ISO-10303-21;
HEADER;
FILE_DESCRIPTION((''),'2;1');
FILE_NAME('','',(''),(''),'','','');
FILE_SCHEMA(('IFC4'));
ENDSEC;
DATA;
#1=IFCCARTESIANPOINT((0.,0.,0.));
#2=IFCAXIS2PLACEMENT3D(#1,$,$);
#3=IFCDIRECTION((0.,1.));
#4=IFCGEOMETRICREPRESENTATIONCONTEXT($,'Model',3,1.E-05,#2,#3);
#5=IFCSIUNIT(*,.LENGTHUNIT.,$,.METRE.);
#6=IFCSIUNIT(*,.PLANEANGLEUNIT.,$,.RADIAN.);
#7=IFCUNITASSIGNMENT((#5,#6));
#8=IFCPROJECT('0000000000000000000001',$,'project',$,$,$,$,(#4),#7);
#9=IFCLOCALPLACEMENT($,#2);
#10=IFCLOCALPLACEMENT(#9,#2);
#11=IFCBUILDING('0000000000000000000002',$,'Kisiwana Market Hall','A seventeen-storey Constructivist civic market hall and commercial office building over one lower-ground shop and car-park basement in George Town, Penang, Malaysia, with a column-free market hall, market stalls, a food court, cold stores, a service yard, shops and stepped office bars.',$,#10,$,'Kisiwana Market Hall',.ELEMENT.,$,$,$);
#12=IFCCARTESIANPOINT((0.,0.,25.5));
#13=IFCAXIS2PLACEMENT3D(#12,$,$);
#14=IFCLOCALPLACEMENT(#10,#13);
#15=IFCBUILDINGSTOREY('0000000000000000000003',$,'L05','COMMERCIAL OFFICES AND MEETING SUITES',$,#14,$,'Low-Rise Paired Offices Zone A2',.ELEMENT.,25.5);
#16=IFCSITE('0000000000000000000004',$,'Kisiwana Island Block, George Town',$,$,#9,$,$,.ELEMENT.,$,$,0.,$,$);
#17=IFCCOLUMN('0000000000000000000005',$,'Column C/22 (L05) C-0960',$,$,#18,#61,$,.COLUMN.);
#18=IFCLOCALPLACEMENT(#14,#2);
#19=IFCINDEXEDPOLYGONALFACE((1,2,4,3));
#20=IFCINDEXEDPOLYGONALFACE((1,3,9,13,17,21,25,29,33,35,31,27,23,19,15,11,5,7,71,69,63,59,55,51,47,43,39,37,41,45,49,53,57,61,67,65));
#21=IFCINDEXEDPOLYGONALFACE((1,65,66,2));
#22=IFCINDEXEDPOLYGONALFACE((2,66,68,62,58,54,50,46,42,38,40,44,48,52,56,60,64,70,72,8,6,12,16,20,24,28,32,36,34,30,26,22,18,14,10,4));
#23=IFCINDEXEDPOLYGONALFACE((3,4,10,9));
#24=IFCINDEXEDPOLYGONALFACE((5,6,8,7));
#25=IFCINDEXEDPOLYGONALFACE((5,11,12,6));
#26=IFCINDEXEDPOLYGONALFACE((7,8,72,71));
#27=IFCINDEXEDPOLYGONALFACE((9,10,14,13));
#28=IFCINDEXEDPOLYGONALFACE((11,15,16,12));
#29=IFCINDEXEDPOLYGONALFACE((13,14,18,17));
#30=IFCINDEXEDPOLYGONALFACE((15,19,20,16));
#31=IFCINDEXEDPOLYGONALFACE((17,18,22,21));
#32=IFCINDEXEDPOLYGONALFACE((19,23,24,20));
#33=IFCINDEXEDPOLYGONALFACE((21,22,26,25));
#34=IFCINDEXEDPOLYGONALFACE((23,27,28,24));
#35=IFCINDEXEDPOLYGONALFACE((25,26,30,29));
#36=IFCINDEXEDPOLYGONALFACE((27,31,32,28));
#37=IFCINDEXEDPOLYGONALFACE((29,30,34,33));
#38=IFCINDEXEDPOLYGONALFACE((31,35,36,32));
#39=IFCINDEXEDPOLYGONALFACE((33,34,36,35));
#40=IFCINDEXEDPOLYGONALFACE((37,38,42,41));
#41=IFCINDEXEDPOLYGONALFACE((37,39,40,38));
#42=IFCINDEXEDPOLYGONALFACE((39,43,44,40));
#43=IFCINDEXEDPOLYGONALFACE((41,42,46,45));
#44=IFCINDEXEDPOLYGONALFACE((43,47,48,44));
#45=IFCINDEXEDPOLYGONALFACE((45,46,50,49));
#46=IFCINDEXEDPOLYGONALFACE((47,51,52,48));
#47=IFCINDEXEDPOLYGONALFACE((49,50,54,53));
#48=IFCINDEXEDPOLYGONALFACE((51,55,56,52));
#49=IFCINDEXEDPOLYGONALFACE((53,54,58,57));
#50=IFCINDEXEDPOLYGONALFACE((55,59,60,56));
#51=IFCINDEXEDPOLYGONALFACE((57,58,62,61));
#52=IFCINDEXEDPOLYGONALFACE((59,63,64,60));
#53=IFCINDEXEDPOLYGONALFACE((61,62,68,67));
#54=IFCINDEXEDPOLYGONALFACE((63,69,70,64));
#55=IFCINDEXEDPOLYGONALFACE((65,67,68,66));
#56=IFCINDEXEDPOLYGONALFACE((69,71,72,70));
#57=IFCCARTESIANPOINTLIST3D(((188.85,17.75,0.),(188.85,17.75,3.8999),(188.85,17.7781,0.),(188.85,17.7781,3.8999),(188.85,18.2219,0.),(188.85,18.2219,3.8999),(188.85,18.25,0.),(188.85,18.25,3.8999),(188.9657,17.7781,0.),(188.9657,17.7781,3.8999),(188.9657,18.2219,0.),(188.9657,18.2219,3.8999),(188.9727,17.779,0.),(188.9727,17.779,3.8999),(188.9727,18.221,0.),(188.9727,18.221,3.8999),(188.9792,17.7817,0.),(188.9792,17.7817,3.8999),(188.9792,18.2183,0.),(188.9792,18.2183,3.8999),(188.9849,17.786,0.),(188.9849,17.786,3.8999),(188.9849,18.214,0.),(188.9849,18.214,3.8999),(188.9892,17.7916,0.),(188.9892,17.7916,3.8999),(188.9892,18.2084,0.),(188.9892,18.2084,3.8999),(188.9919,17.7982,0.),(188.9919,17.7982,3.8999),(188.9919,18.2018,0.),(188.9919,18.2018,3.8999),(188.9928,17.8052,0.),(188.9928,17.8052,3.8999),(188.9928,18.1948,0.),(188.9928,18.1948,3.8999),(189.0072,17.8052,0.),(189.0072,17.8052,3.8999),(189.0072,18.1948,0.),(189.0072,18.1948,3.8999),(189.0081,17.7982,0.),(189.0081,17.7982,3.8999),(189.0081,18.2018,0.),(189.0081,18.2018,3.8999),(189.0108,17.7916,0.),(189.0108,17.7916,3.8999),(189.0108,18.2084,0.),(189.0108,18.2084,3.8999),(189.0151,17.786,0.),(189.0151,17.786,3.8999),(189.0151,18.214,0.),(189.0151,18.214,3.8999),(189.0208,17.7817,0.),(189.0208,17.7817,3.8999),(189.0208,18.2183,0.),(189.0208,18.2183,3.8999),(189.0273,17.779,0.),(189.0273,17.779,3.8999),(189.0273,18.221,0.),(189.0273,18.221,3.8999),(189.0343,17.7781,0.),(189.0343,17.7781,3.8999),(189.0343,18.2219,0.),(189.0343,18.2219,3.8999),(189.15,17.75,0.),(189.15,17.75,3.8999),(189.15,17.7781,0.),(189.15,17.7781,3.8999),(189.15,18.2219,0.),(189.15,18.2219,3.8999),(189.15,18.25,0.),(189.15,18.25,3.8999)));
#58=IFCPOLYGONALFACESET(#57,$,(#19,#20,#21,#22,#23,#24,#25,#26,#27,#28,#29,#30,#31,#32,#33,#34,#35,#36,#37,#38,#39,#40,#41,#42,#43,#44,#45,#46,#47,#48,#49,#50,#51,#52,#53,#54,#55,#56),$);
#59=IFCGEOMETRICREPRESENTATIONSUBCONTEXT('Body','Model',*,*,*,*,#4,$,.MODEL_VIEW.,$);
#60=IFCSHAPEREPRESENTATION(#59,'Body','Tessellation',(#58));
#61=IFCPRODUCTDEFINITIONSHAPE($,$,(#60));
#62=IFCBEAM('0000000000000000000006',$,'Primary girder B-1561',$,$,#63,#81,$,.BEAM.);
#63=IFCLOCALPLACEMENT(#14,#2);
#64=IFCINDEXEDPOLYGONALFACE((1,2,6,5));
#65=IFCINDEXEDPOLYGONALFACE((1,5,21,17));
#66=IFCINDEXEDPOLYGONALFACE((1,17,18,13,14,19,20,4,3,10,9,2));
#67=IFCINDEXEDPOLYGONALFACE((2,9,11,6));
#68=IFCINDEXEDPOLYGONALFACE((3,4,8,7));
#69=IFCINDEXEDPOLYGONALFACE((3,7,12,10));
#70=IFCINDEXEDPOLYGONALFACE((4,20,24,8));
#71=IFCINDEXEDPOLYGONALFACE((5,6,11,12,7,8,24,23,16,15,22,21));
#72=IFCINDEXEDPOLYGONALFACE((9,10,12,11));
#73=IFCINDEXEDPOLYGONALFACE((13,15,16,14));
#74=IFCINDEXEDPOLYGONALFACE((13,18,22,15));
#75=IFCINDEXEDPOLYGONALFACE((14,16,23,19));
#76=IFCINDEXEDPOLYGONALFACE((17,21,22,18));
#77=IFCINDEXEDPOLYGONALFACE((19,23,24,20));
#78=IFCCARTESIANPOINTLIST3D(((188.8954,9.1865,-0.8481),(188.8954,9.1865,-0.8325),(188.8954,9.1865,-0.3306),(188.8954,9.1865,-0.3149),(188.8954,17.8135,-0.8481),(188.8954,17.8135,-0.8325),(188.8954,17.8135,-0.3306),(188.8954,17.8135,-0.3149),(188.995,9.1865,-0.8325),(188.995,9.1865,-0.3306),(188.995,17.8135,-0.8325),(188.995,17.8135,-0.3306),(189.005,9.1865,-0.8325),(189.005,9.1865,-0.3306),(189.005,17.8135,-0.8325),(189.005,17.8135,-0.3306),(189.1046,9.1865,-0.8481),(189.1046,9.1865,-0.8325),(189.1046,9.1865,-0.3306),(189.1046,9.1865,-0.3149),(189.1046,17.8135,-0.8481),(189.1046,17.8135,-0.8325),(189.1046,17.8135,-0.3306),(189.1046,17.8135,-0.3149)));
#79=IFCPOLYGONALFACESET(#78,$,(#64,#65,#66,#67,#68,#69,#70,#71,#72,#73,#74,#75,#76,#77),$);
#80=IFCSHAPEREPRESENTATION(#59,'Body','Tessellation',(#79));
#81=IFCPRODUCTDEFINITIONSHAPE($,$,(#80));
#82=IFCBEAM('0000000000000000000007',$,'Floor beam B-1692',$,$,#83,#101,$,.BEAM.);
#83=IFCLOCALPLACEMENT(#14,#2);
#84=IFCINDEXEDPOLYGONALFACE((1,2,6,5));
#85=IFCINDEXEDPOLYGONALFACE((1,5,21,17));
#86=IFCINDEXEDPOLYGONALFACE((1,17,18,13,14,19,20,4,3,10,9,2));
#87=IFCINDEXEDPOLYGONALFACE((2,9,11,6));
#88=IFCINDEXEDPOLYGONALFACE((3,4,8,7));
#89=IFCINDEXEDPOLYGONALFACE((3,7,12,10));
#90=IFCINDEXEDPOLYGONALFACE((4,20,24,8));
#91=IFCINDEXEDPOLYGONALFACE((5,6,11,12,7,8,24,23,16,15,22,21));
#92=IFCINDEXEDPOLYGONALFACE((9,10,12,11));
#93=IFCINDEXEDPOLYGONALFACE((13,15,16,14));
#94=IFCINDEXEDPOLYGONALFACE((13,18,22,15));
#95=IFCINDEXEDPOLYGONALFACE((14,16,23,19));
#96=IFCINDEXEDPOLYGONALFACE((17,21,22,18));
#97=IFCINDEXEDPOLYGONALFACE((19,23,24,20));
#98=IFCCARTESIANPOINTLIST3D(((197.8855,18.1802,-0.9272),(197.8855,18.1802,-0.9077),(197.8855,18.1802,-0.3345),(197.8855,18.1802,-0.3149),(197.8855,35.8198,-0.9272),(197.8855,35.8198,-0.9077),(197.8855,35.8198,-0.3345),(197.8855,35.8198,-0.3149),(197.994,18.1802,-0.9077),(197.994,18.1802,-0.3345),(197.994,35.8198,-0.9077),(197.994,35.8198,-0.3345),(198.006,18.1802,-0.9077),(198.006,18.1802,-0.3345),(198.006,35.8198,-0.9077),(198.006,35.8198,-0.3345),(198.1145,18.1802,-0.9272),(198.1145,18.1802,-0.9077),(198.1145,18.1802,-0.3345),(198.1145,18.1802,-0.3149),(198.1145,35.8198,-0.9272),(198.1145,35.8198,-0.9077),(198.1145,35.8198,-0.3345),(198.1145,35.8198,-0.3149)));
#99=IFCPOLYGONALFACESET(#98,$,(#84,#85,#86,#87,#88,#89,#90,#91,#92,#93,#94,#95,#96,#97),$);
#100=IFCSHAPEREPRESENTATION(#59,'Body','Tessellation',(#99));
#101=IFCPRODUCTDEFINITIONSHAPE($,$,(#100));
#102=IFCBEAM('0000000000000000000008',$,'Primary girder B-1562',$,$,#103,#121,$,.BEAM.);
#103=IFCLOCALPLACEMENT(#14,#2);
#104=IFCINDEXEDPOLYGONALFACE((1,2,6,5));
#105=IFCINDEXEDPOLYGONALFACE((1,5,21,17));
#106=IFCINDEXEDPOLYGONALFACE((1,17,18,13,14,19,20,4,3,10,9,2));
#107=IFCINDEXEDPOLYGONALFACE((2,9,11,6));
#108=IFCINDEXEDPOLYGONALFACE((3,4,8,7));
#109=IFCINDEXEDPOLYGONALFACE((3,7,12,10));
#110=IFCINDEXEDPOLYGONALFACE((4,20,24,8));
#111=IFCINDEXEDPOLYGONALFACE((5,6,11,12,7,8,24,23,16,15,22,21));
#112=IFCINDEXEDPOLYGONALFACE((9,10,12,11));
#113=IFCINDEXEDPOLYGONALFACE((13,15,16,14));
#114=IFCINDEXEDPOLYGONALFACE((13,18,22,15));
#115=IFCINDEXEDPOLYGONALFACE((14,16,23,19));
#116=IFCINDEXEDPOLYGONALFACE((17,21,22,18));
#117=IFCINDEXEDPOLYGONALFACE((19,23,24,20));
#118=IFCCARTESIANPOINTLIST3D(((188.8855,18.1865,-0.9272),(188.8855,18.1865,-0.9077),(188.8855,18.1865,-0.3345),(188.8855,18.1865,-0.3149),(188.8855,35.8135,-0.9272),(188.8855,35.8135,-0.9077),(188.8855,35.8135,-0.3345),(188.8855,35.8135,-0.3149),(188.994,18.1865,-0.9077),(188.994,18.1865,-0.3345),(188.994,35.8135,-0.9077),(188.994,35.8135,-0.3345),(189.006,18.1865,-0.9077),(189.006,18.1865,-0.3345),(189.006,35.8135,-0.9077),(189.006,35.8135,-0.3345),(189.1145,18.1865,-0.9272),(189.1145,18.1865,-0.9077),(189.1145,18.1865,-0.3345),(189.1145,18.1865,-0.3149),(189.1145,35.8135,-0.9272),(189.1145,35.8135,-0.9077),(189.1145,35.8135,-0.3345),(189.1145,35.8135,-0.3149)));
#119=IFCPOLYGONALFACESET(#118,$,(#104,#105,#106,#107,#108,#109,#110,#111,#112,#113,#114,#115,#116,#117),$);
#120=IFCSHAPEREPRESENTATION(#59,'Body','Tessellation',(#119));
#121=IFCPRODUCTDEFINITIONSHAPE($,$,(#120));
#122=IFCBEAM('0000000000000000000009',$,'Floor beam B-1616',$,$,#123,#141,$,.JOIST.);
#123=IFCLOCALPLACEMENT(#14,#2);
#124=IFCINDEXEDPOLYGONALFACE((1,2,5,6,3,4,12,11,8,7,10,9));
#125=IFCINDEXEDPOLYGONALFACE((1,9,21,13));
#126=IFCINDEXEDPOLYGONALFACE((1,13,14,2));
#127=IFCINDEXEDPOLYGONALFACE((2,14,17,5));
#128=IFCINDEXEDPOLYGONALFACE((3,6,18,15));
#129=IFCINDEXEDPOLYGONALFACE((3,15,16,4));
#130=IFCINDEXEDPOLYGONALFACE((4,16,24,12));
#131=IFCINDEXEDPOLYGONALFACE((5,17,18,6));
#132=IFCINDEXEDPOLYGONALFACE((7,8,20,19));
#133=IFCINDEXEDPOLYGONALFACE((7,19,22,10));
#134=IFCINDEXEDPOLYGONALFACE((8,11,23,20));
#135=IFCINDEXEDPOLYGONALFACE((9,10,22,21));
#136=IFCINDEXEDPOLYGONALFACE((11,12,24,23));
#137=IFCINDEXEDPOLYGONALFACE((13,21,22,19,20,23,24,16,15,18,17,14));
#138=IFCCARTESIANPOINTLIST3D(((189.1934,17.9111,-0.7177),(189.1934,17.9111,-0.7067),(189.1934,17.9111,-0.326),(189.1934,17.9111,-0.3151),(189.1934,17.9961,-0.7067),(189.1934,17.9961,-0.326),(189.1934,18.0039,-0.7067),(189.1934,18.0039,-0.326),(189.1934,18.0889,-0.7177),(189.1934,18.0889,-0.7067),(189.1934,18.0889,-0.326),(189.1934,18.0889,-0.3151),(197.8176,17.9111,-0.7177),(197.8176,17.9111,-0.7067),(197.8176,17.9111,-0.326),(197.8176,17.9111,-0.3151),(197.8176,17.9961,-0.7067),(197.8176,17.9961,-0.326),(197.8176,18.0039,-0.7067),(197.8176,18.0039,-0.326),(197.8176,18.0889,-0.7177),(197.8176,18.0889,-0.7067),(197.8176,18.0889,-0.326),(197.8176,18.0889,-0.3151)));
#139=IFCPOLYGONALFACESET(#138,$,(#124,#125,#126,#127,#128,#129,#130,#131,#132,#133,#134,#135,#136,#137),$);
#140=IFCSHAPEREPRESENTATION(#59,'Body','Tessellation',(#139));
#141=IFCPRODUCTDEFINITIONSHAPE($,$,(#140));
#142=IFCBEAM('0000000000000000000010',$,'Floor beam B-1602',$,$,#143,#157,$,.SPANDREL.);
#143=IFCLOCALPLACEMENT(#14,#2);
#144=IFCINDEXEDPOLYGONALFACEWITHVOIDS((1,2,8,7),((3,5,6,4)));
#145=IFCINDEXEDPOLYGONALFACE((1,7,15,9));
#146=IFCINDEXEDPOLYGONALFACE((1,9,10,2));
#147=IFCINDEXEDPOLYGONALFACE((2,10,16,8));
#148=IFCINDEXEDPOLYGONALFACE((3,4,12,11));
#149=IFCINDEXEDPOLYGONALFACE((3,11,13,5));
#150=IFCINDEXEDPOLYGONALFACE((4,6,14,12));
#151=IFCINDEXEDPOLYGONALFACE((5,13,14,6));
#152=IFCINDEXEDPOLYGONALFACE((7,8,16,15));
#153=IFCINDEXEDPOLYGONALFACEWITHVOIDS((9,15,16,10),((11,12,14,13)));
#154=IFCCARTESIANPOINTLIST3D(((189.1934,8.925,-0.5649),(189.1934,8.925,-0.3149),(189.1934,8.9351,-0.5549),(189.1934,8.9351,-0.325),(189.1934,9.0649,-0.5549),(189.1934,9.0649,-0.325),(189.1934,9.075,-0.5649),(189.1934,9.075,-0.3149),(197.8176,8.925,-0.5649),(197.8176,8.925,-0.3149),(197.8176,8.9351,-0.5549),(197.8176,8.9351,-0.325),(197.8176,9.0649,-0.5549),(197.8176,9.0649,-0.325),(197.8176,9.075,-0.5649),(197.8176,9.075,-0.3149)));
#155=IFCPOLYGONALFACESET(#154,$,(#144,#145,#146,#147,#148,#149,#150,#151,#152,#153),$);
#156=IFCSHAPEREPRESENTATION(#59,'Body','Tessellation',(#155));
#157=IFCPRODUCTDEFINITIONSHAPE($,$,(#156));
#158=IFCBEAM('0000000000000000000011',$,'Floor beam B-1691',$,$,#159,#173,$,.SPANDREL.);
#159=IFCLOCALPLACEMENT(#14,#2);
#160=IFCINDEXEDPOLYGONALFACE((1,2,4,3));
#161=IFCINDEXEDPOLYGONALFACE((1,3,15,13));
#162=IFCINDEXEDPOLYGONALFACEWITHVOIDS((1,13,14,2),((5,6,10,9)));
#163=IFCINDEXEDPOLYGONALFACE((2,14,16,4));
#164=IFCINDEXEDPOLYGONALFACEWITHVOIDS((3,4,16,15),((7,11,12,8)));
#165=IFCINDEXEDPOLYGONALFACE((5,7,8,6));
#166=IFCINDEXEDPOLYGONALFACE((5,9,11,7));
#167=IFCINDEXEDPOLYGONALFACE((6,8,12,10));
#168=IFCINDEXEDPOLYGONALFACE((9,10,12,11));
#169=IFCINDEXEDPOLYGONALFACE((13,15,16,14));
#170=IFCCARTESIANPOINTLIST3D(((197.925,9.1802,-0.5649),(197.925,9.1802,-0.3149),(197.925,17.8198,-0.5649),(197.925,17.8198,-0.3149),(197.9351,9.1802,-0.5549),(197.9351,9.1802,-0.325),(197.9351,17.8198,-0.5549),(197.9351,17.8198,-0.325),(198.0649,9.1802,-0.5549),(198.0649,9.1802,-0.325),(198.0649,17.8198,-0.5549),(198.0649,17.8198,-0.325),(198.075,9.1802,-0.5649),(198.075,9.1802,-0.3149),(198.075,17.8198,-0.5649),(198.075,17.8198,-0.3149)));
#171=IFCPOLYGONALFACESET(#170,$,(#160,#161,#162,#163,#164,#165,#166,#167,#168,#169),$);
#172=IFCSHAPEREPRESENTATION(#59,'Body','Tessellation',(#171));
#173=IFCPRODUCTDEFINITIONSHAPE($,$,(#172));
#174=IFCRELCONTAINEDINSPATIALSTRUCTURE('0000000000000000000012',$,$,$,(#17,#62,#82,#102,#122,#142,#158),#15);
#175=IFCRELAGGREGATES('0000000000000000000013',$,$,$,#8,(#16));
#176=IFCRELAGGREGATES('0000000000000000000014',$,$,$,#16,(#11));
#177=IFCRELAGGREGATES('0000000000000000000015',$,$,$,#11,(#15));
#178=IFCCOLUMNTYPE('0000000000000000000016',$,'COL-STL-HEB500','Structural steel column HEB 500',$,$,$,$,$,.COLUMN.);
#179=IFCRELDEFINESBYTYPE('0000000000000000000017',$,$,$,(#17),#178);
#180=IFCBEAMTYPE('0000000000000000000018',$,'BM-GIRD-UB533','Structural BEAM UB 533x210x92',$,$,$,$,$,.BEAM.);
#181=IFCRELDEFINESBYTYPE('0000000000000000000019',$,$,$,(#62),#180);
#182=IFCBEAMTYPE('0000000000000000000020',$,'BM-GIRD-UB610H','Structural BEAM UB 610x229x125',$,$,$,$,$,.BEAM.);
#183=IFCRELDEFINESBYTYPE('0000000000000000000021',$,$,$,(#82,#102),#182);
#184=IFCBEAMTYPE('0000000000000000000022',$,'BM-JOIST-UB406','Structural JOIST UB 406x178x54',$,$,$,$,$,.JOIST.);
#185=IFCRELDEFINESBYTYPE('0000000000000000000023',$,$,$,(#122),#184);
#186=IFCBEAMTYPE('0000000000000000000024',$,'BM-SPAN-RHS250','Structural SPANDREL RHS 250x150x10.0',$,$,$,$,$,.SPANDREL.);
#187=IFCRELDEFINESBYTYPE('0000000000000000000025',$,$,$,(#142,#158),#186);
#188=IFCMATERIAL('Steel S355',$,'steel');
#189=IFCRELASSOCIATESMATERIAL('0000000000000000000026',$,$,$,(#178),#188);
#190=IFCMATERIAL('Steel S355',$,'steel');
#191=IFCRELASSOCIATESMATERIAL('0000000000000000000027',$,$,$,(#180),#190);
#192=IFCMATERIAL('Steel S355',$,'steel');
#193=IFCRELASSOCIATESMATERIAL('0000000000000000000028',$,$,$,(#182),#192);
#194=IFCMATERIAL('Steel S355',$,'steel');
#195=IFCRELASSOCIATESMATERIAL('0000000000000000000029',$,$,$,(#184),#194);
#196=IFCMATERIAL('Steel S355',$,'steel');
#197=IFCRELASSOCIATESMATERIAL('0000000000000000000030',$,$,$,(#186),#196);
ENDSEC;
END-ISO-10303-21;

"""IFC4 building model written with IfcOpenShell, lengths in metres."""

from ifc_helpers import new_model, si_unit, direction, frame, origin, origin_2d, place, context, subcontext, project, spatial, hollow_rectangle, i_section, extrude, material, material_profile, profile_set, type_object, element, save


model = new_model("IFC4")

# Units and contexts
model_context = context("Model", 3, precision=1e-05, world=origin(), true_north=direction((0.0, 1.0)))
body_context = subcontext(model_context, "Body", "Model", "MODEL_VIEW")
ifc_project = project(units=[si_unit("LENGTHUNIT", "METRE"), si_unit("PLANEANGLEUNIT", "RADIAN")], contexts=[model_context])

# Site, building, storey
site_placement = place(None, origin())
site = spatial("IfcSite", under=ifc_project, at=site_placement, Name="Kisiwana Island Block, George Town", CompositionType="ELEMENT", RefElevation=0.0)
building_placement = place(site_placement, origin())
building = spatial("IfcBuilding", under=site, at=building_placement, Name="Kisiwana Market Hall", Description="A seventeen-storey Constructivist civic market hall and commercial office building over one lower-ground shop and car-park basement in George Town, Penang, Malaysia, with a column-free market hall, market stalls, a food court, cold stores, a service yard, shops and stepped office bars.", LongName="Kisiwana Market Hall", CompositionType="ELEMENT")
storey_placement = place(building_placement, frame((0.0, 0.0, 25.5)))
storey = spatial("IfcBuildingStorey", under=building, at=storey_placement, Name="L05", Description="COMMERCIAL OFFICES AND MEETING SUITES", LongName="Low-Rise Paired Offices Zone A2", CompositionType="ELEMENT", Elevation=25.5)

# Column
ifc_material_1 = material(Name="Steel S355", Category="steel")
ifc_material_profile_1 = material_profile(ifc_material_1, i_section(OverallWidth=0.3, OverallDepth=0.5, WebThickness=0.0144, FlangeThickness=0.0281, FilletRadius=0.0271, at=origin_2d()), Name="HEB 500")
ifc_profile_set_1 = profile_set([ifc_material_profile_1], Name="Steel S355")
column_type_1 = type_object("IfcColumnType", Name="COL-STL-HEB500", Description="Structural steel column HEB 500", PredefinedType="COLUMN", material=ifc_profile_set_1)
for number, where, z_axis, x_axis, name in (
    (1, (189.0, 18.0, 0.0), (0.0, 0.0, 1.0), (1.0, 0.0, 0.0), "Column C/22 (L05) C-0960"),
):
    element("IfcColumn", number, at=place(storey_placement, frame(where, z_axis=z_axis, x_axis=x_axis)), inside=storey, type_object=column_type_1, Name=name, PredefinedType="COLUMN", context=body_context, shape_type="SweptSolid", body=[
        extrude(i_section(OverallWidth=0.3, OverallDepth=0.5, WebThickness=0.0144, FlangeThickness=0.0281, FilletRadius=0.0271, at=origin_2d()), origin(), (0.0, 0.0, 1.0), 3.8999),
    ])

# Beams
ifc_material_2 = material(Name="Steel S355", Category="steel")
ifc_material_profile_2 = material_profile(ifc_material_2, i_section(OverallWidth=0.2092, OverallDepth=0.5332, WebThickness=0.01, FlangeThickness=0.0156, at=origin_2d()), Name="UB 533x210x92")
ifc_profile_set_2 = profile_set([ifc_material_profile_2], Name="Steel S355")
beam_type_1 = type_object("IfcBeamType", Name="BM-GIRD-UB533", Description="Structural BEAM UB 533x210x92", PredefinedType="BEAM", material=ifc_profile_set_2)
beam_1_placement = place(storey_placement, frame((189.0, 9.1865, -0.5815), z_axis=(0.0, 1.0, 0.0), x_axis=(-1.0, 0.0, 0.0)))
element("IfcBeam", 2, at=beam_1_placement, inside=storey, type_object=beam_type_1, Name="Primary girder B-1561", PredefinedType="BEAM", context=body_context, shape_type="SweptSolid", body=[
    extrude(i_section(OverallWidth=0.2092, OverallDepth=0.5332, WebThickness=0.01, FlangeThickness=0.0156, at=origin_2d()), origin(), (0.0, 0.0, 1.0), 8.627),
])
ifc_material_3 = material(Name="Steel S355", Category="steel")
ifc_material_profile_3 = material_profile(ifc_material_3, i_section(OverallWidth=0.229, OverallDepth=0.6123, WebThickness=0.012, FlangeThickness=0.0195, at=origin_2d()), Name="UB 610x229x125")
ifc_profile_set_3 = profile_set([ifc_material_profile_3], Name="Steel S355")
beam_type_2 = type_object("IfcBeamType", Name="BM-GIRD-UB610H", Description="Structural BEAM UB 610x229x125", PredefinedType="BEAM", material=ifc_profile_set_3)
beam_2_placement = place(storey_placement, frame((198.0, 18.1802, -0.6211), z_axis=(0.0, 1.0, 0.0), x_axis=(-1.0, 0.0, 0.0)))
element("IfcBeam", 3, at=beam_2_placement, inside=storey, type_object=beam_type_2, Name="Floor beam B-1692", PredefinedType="BEAM", context=body_context, shape_type="SweptSolid", body=[
    extrude(i_section(OverallWidth=0.229, OverallDepth=0.6123, WebThickness=0.012, FlangeThickness=0.0195, at=origin_2d()), origin(), (0.0, 0.0, 1.0), 17.6396),
])
beam_3_placement = place(storey_placement, frame((189.0, 18.1865, -0.6211), z_axis=(0.0, 1.0, 0.0), x_axis=(-1.0, 0.0, 0.0)))
element("IfcBeam", 4, at=beam_3_placement, inside=storey, type_object=beam_type_2, Name="Primary girder B-1562", PredefinedType="BEAM", context=body_context, shape_type="SweptSolid", body=[
    extrude(i_section(OverallWidth=0.229, OverallDepth=0.6123, WebThickness=0.012, FlangeThickness=0.0195, at=origin_2d()), origin(), (0.0, 0.0, 1.0), 17.627),
])
ifc_material_4 = material(Name="Steel S355", Category="steel")
ifc_material_profile_4 = material_profile(ifc_material_4, i_section(OverallWidth=0.1777, OverallDepth=0.4026, WebThickness=0.0078, FlangeThickness=0.011, at=origin_2d()), Name="UB 406x178x54")
ifc_profile_set_4 = profile_set([ifc_material_profile_4], Name="Steel S355")
beam_type_3 = type_object("IfcBeamType", Name="BM-JOIST-UB406", Description="Structural JOIST UB 406x178x54", PredefinedType="JOIST", material=ifc_profile_set_4)
beam_4_placement = place(storey_placement, frame((189.1934, 18.0, -0.5164), z_axis=(1.0, 0.0, 0.0), x_axis=(0.0, 1.0, 0.0)))
element("IfcBeam", 5, at=beam_4_placement, inside=storey, type_object=beam_type_3, Name="Floor beam B-1616", PredefinedType="JOIST", context=body_context, shape_type="SweptSolid", body=[
    extrude(i_section(OverallWidth=0.1777, OverallDepth=0.4026, WebThickness=0.0078, FlangeThickness=0.011, at=origin_2d()), origin(), (0.0, 0.0, 1.0), 8.6243),
])
ifc_material_5 = material(Name="Steel S355", Category="steel")
ifc_material_profile_5 = material_profile(ifc_material_5, hollow_rectangle(XDim=0.1499, YDim=0.25, WallThickness=0.01, at=origin_2d()), Name="RHS 250x150x10.0")
ifc_profile_set_5 = profile_set([ifc_material_profile_5], Name="Steel S355")
beam_type_4 = type_object("IfcBeamType", Name="BM-SPAN-RHS250", Description="Structural SPANDREL RHS 250x150x10.0", PredefinedType="SPANDREL", material=ifc_profile_set_5)
beam_5_placement = place(storey_placement, frame((189.1934, 9.0, -0.4399), z_axis=(1.0, 0.0, 0.0), x_axis=(0.0, 1.0, 0.0)))
element("IfcBeam", 6, at=beam_5_placement, inside=storey, type_object=beam_type_4, Name="Floor beam B-1602", PredefinedType="SPANDREL", context=body_context, shape_type="SweptSolid", body=[
    extrude(hollow_rectangle(XDim=0.1499, YDim=0.25, WallThickness=0.01, at=origin_2d()), origin(), (0.0, 0.0, 1.0), 8.6243),
])
beam_6_placement = place(storey_placement, frame((198.0, 9.1802, -0.4399), z_axis=(0.0, 1.0, 0.0), x_axis=(-1.0, 0.0, 0.0)))
element("IfcBeam", 7, at=beam_6_placement, inside=storey, type_object=beam_type_4, Name="Floor beam B-1691", PredefinedType="SPANDREL", context=body_context, shape_type="SweptSolid", body=[
    extrude(hollow_rectangle(XDim=0.1499, YDim=0.25, WallThickness=0.01, at=origin_2d()), origin(), (0.0, 0.0, 1.0), 8.6396),
])

save(model, "model.ifc")
